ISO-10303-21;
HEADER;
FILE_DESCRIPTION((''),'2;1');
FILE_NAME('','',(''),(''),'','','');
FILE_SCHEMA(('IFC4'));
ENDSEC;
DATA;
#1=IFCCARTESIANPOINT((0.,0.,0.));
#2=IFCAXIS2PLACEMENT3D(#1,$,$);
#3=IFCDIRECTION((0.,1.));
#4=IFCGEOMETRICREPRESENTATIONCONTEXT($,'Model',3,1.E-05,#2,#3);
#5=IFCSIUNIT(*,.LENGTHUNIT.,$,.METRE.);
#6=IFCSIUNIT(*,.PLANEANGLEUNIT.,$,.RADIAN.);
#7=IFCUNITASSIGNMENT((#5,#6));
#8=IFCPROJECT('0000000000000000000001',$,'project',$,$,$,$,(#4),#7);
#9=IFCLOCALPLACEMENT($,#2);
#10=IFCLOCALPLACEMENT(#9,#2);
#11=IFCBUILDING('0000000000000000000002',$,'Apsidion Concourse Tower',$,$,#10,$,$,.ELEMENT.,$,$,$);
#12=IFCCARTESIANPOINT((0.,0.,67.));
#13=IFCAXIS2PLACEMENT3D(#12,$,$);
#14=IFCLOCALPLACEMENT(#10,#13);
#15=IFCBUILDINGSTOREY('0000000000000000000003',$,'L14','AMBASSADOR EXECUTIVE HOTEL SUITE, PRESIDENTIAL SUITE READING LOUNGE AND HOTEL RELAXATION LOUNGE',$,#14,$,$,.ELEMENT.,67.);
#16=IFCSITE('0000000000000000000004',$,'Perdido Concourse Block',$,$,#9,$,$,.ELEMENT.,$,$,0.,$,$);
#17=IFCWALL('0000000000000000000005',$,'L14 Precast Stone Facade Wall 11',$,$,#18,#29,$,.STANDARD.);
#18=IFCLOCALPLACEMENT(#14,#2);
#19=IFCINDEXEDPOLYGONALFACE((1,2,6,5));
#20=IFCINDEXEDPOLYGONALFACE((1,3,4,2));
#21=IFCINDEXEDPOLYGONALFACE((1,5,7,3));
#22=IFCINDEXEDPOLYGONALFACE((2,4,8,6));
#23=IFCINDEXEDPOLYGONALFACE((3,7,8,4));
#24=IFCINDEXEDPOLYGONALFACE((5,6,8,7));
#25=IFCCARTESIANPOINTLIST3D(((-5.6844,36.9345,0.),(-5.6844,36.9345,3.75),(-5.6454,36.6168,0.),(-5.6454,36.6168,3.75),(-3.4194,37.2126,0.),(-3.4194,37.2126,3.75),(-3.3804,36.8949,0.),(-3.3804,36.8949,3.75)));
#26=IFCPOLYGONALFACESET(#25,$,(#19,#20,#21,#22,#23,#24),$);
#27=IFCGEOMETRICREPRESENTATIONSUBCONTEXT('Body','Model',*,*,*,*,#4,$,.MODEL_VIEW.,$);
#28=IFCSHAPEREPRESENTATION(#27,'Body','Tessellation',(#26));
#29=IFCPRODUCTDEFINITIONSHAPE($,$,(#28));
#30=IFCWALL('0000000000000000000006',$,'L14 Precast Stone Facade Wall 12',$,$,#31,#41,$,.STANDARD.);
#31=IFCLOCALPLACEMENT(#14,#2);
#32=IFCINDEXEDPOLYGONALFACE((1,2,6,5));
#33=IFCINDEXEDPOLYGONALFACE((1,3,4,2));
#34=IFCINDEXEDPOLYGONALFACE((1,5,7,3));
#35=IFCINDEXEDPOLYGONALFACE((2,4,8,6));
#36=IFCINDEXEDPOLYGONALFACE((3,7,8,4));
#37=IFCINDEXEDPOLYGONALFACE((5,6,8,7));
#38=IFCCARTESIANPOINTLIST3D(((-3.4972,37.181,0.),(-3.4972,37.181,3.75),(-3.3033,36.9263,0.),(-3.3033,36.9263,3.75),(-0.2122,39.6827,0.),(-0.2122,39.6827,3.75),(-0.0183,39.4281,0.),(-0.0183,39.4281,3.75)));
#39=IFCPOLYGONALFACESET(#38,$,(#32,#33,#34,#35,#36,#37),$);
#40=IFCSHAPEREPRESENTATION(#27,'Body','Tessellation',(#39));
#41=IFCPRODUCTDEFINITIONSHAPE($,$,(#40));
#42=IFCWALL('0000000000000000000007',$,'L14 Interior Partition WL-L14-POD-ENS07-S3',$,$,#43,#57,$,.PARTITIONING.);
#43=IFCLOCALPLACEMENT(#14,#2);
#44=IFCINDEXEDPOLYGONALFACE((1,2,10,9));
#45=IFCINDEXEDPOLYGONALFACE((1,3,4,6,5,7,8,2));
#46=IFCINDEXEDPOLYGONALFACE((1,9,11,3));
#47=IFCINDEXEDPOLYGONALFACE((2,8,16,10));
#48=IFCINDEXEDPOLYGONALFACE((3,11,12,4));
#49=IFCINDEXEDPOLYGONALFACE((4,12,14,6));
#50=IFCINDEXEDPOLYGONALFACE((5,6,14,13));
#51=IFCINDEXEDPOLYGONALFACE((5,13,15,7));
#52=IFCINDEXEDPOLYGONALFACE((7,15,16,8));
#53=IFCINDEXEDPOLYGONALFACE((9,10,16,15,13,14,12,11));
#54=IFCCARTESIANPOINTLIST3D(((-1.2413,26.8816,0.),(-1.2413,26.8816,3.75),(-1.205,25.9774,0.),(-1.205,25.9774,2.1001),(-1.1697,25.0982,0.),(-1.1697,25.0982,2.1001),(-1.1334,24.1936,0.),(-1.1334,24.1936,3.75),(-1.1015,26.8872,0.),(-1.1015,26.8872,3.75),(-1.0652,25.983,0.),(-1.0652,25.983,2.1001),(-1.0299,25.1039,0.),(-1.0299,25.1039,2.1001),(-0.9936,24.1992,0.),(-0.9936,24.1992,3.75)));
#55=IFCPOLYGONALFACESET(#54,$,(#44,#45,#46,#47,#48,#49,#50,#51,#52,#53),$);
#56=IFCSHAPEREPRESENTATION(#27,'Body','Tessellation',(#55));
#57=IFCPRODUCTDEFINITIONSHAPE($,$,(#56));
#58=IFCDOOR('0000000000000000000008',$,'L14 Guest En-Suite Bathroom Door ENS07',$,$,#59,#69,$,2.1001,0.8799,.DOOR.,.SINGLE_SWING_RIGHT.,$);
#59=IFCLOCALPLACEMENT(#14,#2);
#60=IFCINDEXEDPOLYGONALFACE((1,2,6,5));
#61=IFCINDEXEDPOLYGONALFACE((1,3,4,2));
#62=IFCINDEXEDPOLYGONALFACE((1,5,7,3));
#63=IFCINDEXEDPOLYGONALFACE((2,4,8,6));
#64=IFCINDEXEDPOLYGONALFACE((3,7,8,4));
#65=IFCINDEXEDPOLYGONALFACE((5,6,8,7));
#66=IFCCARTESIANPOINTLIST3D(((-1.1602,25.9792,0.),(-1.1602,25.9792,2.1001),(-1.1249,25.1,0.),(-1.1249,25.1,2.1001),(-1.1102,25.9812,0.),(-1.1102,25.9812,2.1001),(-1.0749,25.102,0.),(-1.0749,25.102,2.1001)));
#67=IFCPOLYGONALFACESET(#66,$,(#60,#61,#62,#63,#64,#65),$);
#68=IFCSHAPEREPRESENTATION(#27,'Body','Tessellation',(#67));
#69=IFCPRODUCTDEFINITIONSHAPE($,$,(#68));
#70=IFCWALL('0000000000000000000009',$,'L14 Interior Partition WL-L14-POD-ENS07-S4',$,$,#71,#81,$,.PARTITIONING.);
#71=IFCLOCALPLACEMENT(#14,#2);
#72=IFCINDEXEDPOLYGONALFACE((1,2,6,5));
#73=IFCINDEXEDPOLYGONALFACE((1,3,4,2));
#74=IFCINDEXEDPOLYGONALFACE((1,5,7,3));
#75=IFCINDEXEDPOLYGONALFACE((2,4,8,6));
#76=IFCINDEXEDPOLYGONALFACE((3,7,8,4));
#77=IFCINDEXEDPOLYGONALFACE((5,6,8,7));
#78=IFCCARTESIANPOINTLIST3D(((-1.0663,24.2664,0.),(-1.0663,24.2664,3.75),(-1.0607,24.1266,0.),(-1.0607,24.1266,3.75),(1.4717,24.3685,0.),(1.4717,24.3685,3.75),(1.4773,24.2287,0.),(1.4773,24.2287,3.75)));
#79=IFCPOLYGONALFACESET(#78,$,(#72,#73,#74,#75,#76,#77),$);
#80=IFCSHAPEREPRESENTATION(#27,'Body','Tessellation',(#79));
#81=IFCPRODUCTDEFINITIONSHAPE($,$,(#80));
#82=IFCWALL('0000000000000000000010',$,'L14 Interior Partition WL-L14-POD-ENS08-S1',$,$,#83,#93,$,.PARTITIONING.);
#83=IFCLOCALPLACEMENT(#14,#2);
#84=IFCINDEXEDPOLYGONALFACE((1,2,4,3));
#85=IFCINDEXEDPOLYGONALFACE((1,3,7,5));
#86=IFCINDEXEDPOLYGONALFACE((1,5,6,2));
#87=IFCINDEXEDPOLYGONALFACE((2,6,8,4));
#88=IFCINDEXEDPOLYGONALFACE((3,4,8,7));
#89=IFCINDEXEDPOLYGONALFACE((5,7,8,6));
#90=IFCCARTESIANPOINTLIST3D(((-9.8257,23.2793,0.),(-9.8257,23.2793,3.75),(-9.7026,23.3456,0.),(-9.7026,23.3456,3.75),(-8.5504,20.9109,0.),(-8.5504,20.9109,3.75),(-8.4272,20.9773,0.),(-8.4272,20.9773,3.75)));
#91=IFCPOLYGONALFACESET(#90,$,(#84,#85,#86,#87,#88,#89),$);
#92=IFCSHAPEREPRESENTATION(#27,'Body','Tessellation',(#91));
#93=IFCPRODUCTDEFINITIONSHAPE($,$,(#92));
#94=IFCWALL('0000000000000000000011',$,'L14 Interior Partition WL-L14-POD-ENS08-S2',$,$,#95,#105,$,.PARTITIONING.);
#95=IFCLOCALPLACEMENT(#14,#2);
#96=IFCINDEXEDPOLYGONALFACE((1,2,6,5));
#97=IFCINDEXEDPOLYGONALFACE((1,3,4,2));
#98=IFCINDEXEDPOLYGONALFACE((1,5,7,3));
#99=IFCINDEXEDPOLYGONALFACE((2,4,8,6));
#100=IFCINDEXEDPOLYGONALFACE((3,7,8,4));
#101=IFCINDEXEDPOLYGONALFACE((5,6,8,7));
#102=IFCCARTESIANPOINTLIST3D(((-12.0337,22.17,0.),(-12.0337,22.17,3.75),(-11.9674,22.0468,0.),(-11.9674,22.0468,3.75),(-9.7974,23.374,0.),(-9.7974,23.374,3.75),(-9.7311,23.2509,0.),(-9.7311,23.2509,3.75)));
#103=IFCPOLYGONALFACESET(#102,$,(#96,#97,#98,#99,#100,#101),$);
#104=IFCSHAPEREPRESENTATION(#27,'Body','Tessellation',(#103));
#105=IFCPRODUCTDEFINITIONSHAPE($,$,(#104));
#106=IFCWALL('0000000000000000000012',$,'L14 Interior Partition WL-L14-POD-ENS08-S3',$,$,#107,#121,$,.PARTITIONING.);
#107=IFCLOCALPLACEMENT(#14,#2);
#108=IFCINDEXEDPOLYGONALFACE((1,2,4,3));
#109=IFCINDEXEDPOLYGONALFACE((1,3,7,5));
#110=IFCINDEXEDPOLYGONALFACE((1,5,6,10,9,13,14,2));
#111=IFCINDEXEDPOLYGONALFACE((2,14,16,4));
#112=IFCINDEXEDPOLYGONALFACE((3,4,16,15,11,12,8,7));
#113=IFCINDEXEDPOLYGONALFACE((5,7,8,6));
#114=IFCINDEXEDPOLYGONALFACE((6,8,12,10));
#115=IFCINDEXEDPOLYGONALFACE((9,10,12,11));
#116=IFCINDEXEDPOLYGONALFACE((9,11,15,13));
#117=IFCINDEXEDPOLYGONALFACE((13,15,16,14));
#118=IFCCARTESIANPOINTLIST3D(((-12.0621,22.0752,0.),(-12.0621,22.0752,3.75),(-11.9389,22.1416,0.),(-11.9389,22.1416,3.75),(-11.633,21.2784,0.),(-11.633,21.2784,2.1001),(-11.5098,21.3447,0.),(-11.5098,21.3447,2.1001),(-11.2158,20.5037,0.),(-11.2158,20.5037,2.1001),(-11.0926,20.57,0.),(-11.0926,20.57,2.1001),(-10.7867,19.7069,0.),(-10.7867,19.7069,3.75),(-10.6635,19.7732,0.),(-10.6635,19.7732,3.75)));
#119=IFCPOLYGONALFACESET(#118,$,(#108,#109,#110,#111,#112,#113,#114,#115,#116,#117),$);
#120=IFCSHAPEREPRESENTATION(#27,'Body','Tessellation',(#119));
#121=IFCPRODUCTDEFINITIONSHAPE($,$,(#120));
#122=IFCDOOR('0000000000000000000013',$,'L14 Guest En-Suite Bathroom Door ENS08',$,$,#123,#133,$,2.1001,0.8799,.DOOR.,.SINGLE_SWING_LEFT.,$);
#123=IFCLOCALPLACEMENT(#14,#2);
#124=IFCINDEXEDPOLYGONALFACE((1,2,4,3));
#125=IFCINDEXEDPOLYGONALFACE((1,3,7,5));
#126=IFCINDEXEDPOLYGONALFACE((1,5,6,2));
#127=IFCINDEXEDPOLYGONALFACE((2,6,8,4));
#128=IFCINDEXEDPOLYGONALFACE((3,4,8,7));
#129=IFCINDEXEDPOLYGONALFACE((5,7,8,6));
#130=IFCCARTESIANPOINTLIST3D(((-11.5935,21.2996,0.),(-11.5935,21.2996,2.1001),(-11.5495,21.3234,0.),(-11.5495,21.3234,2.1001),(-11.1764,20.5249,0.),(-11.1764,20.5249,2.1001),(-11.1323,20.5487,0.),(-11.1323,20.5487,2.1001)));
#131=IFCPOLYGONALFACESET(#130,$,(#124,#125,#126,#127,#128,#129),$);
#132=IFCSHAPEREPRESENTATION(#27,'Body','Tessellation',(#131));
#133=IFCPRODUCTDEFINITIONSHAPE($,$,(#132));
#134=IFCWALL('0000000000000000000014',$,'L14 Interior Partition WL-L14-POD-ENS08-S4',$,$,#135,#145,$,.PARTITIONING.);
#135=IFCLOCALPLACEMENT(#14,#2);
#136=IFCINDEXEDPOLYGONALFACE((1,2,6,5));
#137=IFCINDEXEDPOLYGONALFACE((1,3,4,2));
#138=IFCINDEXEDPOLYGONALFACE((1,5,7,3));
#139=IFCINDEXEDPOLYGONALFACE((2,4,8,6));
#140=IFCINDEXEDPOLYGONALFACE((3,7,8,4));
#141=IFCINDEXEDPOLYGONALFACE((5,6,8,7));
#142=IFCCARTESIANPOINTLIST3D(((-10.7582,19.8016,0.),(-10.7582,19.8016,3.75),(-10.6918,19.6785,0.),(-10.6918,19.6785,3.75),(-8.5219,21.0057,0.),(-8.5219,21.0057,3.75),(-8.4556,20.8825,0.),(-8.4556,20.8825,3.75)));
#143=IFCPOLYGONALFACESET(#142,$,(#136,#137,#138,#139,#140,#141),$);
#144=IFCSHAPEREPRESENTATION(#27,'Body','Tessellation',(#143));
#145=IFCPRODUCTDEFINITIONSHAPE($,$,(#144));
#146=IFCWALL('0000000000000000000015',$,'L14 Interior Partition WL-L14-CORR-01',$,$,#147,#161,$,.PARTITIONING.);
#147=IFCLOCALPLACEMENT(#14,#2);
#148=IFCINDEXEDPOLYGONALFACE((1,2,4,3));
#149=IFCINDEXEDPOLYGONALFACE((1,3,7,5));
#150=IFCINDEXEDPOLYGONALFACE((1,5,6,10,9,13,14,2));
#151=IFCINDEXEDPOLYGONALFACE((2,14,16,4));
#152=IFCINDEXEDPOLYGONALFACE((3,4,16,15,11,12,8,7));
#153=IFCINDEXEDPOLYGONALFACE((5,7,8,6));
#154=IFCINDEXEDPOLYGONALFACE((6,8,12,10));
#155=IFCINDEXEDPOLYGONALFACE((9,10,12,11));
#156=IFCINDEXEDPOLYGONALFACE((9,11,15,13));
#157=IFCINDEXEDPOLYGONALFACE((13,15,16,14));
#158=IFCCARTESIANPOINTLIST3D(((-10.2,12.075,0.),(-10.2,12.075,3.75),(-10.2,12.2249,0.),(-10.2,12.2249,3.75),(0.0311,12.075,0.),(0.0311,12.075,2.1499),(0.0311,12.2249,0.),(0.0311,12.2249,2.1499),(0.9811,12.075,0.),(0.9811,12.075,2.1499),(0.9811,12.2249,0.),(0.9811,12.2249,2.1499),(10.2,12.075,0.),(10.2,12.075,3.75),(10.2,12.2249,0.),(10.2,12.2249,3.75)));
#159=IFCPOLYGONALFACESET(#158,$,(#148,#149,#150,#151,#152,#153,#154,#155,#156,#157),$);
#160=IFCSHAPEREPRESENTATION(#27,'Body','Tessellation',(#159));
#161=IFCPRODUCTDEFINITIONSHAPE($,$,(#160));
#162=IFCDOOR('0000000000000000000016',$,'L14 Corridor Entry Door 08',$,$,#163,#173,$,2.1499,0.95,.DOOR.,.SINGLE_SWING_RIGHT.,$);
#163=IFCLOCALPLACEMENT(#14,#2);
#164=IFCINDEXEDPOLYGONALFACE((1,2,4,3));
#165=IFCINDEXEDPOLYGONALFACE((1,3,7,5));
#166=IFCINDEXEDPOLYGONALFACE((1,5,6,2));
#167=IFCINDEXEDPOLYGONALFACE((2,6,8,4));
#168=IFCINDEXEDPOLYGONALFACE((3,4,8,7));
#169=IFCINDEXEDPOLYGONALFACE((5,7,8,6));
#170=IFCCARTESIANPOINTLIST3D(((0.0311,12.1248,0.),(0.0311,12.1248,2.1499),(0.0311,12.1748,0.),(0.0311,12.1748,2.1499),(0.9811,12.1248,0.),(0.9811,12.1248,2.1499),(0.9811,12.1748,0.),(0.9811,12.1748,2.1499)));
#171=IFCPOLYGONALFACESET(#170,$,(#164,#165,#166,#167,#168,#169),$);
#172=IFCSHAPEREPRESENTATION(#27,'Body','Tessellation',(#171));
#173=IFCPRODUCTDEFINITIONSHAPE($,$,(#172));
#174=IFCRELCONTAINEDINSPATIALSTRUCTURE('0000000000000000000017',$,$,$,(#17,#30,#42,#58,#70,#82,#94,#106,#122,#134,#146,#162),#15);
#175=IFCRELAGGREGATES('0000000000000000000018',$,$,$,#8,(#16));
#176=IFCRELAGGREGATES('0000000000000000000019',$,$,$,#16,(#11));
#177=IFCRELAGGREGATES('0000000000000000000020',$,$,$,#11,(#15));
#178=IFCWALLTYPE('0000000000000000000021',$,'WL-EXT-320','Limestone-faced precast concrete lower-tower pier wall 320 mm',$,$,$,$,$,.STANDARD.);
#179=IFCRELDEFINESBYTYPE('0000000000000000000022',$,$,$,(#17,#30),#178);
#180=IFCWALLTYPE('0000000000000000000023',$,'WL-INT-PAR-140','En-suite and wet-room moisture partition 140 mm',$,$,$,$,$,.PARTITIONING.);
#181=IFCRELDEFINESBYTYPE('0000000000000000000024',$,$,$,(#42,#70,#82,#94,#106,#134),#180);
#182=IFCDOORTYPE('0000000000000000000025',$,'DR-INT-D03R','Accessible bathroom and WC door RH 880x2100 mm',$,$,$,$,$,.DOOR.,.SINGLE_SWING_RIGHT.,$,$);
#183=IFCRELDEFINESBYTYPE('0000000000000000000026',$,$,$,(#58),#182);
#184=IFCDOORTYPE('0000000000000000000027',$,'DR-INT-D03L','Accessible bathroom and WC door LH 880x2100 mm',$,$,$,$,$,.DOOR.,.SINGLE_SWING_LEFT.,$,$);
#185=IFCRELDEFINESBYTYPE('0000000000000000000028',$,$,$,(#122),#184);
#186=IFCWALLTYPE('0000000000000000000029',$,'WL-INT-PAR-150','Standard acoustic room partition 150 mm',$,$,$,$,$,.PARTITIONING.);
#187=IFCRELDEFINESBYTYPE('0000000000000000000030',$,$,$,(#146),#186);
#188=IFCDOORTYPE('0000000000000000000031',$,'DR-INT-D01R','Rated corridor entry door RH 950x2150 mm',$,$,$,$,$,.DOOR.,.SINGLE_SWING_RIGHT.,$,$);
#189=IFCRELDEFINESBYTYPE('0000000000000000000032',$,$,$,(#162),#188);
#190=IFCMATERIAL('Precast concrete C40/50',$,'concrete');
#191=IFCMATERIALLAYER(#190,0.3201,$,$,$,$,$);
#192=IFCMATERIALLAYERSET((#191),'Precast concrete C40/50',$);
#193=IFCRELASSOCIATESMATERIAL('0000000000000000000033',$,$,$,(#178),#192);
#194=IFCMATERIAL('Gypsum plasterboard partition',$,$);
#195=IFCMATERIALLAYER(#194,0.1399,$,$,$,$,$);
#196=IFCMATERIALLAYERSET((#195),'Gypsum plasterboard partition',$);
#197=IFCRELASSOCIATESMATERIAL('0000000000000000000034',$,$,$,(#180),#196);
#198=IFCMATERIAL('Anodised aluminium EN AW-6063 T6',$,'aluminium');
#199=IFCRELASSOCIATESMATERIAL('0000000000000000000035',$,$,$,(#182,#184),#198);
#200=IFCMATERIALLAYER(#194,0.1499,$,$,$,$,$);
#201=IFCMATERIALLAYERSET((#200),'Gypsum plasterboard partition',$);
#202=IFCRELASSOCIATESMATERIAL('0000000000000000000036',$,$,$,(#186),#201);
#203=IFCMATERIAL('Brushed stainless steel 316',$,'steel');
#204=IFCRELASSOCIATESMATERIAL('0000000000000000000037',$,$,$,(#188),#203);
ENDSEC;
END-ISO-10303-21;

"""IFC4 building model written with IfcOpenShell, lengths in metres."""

from ifc_helpers import new_model, si_unit, direction, frame, frame_2d, origin, place, context, subcontext, project, spatial, rectangle, extrude, material, layer, layer_set, type_object, element, fill, save


model = new_model("IFC4")

# Units and contexts
model_context = context("Model", 3, precision=1e-05, world=origin(), true_north=direction((0.0, 1.0)))
body_context = subcontext(model_context, "Body", "Model", "MODEL_VIEW")
ifc_project = project(units=[si_unit("LENGTHUNIT", "METRE"), si_unit("PLANEANGLEUNIT", "RADIAN")], contexts=[model_context])

# Site, building, storey
site_placement = place(None, origin())
site = spatial("IfcSite", under=ifc_project, at=site_placement, Name="Perdido Concourse Block", CompositionType="ELEMENT", RefElevation=0.0)
building_placement = place(site_placement, origin())
building = spatial("IfcBuilding", under=site, at=building_placement, Name="Apsidion Concourse Tower", CompositionType="ELEMENT")
storey_placement = place(building_placement, frame((0.0, 0.0, 67.0)))
storey = spatial("IfcBuildingStorey", under=building, at=storey_placement, Name="L14", Description="AMBASSADOR EXECUTIVE HOTEL SUITE, PRESIDENTIAL SUITE READING LOUNGE AND HOTEL RELAXATION LOUNGE", CompositionType="ELEMENT", Elevation=67.0)

# Shared definitions
ifc_material_1 = material(Name="Precast concrete C40/50", Category="concrete")
ifc_layer_1 = layer(ifc_material_1, 0.3201)
ifc_layer_set_1 = layer_set([ifc_layer_1], Name="Precast concrete C40/50")
wall_type_1 = type_object("IfcWallType", Name="WL-EXT-320", Description="Limestone-faced precast concrete lower-tower pier wall 320 mm", PredefinedType="STANDARD", material=ifc_layer_set_1)
ifc_material_2 = material(Name="Anodised aluminium EN AW-6063 T6", Category="aluminium")

# Walls
wall_1_placement = place(storey_placement, frame((-5.665, 36.7756, 0.0), z_axis=(0.0, 0.0, 1.0), x_axis=(0.992547, 0.121862, 0.0)))
element("IfcWall", 1, at=wall_1_placement, inside=storey, type_object=wall_type_1, Name="L14 Precast Stone Facade Wall 11", PredefinedType="STANDARD", context=body_context, shape_type="SweptSolid", body=[
    extrude(rectangle(XDim=2.282, YDim=0.3201, at=frame_2d((1.1411, 0.0))), origin(), (0.0, 0.0, 1.0), 3.75),
])
wall_2_placement = place(storey_placement, frame((-3.4001, 37.0537, 0.0), z_axis=(0.0, 0.0, 1.0), x_axis=(0.795558, 0.605878, 0.0)))
element("IfcWall", 2, at=wall_2_placement, inside=storey, type_object=wall_type_1, Name="L14 Precast Stone Facade Wall 12", PredefinedType="STANDARD", context=body_context, shape_type="SweptSolid", body=[
    extrude(rectangle(XDim=4.1292, YDim=0.3201, at=frame_2d((2.0645, 0.0))), origin(), (0.0, 0.0, 1.0), 3.75),
])

# Wall, opening, door
ifc_material_3 = material(Name="Gypsum plasterboard partition")
ifc_layer_2 = layer(ifc_material_3, 0.1399)
ifc_layer_set_2 = layer_set([ifc_layer_2], Name="Gypsum plasterboard partition")
wall_type_2 = type_object("IfcWallType", Name="WL-INT-PAR-140", Description="En-suite and wet-room moisture partition 140 mm", PredefinedType="PARTITIONING", material=ifc_layer_set_2)
wall_3_placement = place(storey_placement, frame((-1.1714, 26.8845, 0.0), z_axis=(0.0, 0.0, 1.0), x_axis=(0.040113, -0.999195, 0.0)))
wall_3 = element("IfcWall", 3, at=wall_3_placement, inside=storey, type_object=wall_type_2, Name="L14 Interior Partition WL-L14-POD-ENS07-S3", PredefinedType="PARTITIONING", context=body_context, shape_type="SweptSolid", body=[
    extrude(rectangle(XDim=2.6902, YDim=0.1399, at=frame_2d((1.3452, 0.0))), origin(), (0.0, 0.0, 1.0), 3.75),
])
opening_1_placement = place(wall_3_placement, frame((0.905, 0.0, 0.0)))
opening_1 = element("IfcOpeningElement", 4, at=opening_1_placement, cuts=wall_3, PredefinedType="OPENING", context=body_context, shape_type="SweptSolid", body=[
    extrude(rectangle(XDim=0.8799, YDim=2.1001, at=frame_2d((0.4399, 1.05))), frame((0.0, 0.0801, 0.0), z_axis=(0.0, -1.0, 0.0), x_axis=(1.0, 0.0, 0.0)), (0.0, 0.0, 1.0), 0.1599),
])
door_type_1 = type_object("IfcDoorType", Name="DR-INT-D03R", Description="Accessible bathroom and WC door RH 880x2100 mm", OperationType="SINGLE_SWING_RIGHT", PredefinedType="DOOR", material=ifc_material_2)
door_1_placement = place(opening_1_placement, origin())
door_1 = element("IfcDoor", 5, at=door_1_placement, inside=storey, type_object=door_type_1, Name="L14 Guest En-Suite Bathroom Door ENS07", OperationType="SINGLE_SWING_RIGHT", OverallHeight=2.1001, OverallWidth=0.8799, PredefinedType="DOOR", context=body_context, shape_type="SweptSolid", body=[
    extrude(rectangle(XDim=0.8799, YDim=2.1001, at=frame_2d((0.4399, 1.05))), frame((0.0, 0.0249, 0.0), z_axis=(0.0, -1.0, 0.0), x_axis=(1.0, 0.0, 0.0)), (0.0, 0.0, 1.0), 0.05),
])
fill(opening_1, door_1)

# Walls
wall_4_placement = place(storey_placement, frame((-1.0635, 24.1965, 0.0), z_axis=(0.0, 0.0, 1.0), x_axis=(0.999193, 0.040175, 0.0)))
element("IfcWall", 6, at=wall_4_placement, inside=storey, type_object=wall_type_2, Name="L14 Interior Partition WL-L14-POD-ENS07-S4", PredefinedType="PARTITIONING", context=body_context, shape_type="SweptSolid", body=[
    extrude(rectangle(XDim=2.54, YDim=0.1399, at=frame_2d((1.27, 0.0))), origin(), (0.0, 0.0, 1.0), 3.75),
])
wall_5_placement = place(storey_placement, frame((-8.4888, 20.9441, 0.0), z_axis=(0.0, 0.0, 1.0), x_axis=(-0.474127, 0.880457, 0.0)))
element("IfcWall", 7, at=wall_5_placement, inside=storey, type_object=wall_type_2, Name="L14 Interior Partition WL-L14-POD-ENS08-S1", PredefinedType="PARTITIONING", context=body_context, shape_type="SweptSolid", body=[
    extrude(rectangle(XDim=2.6899, YDim=0.1399, at=frame_2d((1.345, 0.0))), origin(), (0.0, 0.0, 1.0), 3.75),
])
wall_6_placement = place(storey_placement, frame((-9.7642, 23.3125, 0.0), z_axis=(0.0, 0.0, 1.0), x_axis=(-0.880483, -0.474077, 0.0)))
element("IfcWall", 8, at=wall_6_placement, inside=storey, type_object=wall_type_2, Name="L14 Interior Partition WL-L14-POD-ENS08-S2", PredefinedType="PARTITIONING", context=body_context, shape_type="SweptSolid", body=[
    extrude(rectangle(XDim=2.5398, YDim=0.1399, at=frame_2d((1.27, 0.0))), origin(), (0.0, 0.0, 1.0), 3.75),
])

# Wall, opening, door
wall_7_placement = place(storey_placement, frame((-12.0005, 22.1084, 0.0), z_axis=(0.0, 0.0, 1.0), x_axis=(0.474127, -0.880457, 0.0)))
wall_7 = element("IfcWall", 9, at=wall_7_placement, inside=storey, type_object=wall_type_2, Name="L14 Interior Partition WL-L14-POD-ENS08-S3", PredefinedType="PARTITIONING", context=body_context, shape_type="SweptSolid", body=[
    extrude(rectangle(XDim=2.6899, YDim=0.1399, at=frame_2d((1.345, 0.0))), origin(), (0.0, 0.0, 1.0), 3.75),
])
opening_2_placement = place(wall_7_placement, frame((0.905, 0.0, 0.0)))
opening_2 = element("IfcOpeningElement", 10, at=opening_2_placement, cuts=wall_7, PredefinedType="OPENING", context=body_context, shape_type="SweptSolid", body=[
    extrude(rectangle(XDim=0.8799, YDim=2.1001, at=frame_2d((0.4399, 1.05))), frame((0.0, 0.0801, 0.0), z_axis=(0.0, -1.0, 0.0), x_axis=(1.0, 0.0, 0.0)), (0.0, 0.0, 1.0), 0.1599),
])
door_type_2 = type_object("IfcDoorType", Name="DR-INT-D03L", Description="Accessible bathroom and WC door LH 880x2100 mm", OperationType="SINGLE_SWING_LEFT", PredefinedType="DOOR", material=ifc_material_2)
door_2_placement = place(opening_2_placement, origin())
door_2 = element("IfcDoor", 11, at=door_2_placement, inside=storey, type_object=door_type_2, Name="L14 Guest En-Suite Bathroom Door ENS08", OperationType="SINGLE_SWING_LEFT", OverallHeight=2.1001, OverallWidth=0.8799, PredefinedType="DOOR", context=body_context, shape_type="SweptSolid", body=[
    extrude(rectangle(XDim=0.8799, YDim=2.1001, at=frame_2d((0.4399, 1.05))), frame((0.0, 0.0249, 0.0), z_axis=(0.0, -1.0, 0.0), x_axis=(1.0, 0.0, 0.0)), (0.0, 0.0, 1.0), 0.05),
])
fill(opening_2, door_2)

# Wall
wall_8_placement = place(storey_placement, frame((-10.7251, 19.74, 0.0), z_axis=(0.0, 0.0, 1.0), x_axis=(0.880483, 0.474077, 0.0)))
element("IfcWall", 12, at=wall_8_placement, inside=storey, type_object=wall_type_2, Name="L14 Interior Partition WL-L14-POD-ENS08-S4", PredefinedType="PARTITIONING", context=body_context, shape_type="SweptSolid", body=[
    extrude(rectangle(XDim=2.5398, YDim=0.1399, at=frame_2d((1.27, 0.0))), origin(), (0.0, 0.0, 1.0), 3.75),
])

# Wall, opening, door
ifc_layer_3 = layer(ifc_material_3, 0.1499)
ifc_layer_set_3 = layer_set([ifc_layer_3], Name="Gypsum plasterboard partition")
wall_type_3 = type_object("IfcWallType", Name="WL-INT-PAR-150", Description="Standard acoustic room partition 150 mm", PredefinedType="PARTITIONING", material=ifc_layer_set_3)
wall_9_placement = place(storey_placement, frame((-10.2, 12.1499, 0.0), z_axis=(0.0, 0.0, 1.0), x_axis=(1.0, 0.0, 0.0)))
wall_9 = element("IfcWall", 13, at=wall_9_placement, inside=storey, type_object=wall_type_3, Name="L14 Interior Partition WL-L14-CORR-01", PredefinedType="PARTITIONING", context=body_context, shape_type="SweptSolid", body=[
    extrude(rectangle(XDim=20.3999, YDim=0.1499, at=frame_2d((10.2, 0.0))), origin(), (0.0, 0.0, 1.0), 3.75),
])
opening_3_placement = place(wall_9_placement, frame((10.231, 0.0, 0.0)))
opening_3 = element("IfcOpeningElement", 14, at=opening_3_placement, cuts=wall_9, PredefinedType="OPENING", context=body_context, shape_type="SweptSolid", body=[
    extrude(rectangle(XDim=0.95, YDim=2.1499, at=frame_2d((0.4751, 1.075))), frame((0.0, 0.085, 0.0), z_axis=(0.0, -1.0, 0.0), x_axis=(1.0, 0.0, 0.0)), (0.0, 0.0, 1.0), 0.1699),
])
ifc_material_4 = material(Name="Brushed stainless steel 316", Category="steel")
door_type_3 = type_object("IfcDoorType", Name="DR-INT-D01R", Description="Rated corridor entry door RH 950x2150 mm", OperationType="SINGLE_SWING_RIGHT", PredefinedType="DOOR", material=ifc_material_4)
door_3_placement = place(opening_3_placement, origin())
door_3 = element("IfcDoor", 15, at=door_3_placement, inside=storey, type_object=door_type_3, Name="L14 Corridor Entry Door 08", OperationType="SINGLE_SWING_RIGHT", OverallHeight=2.1499, OverallWidth=0.95, PredefinedType="DOOR", context=body_context, shape_type="SweptSolid", body=[
    extrude(rectangle(XDim=0.95, YDim=2.1499, at=frame_2d((0.4751, 1.075))), frame((0.0, 0.0249, 0.0), z_axis=(0.0, -1.0, 0.0), x_axis=(1.0, 0.0, 0.0)), (0.0, 0.0, 1.0), 0.05),
])
fill(opening_3, door_3)

save(model, "model.ifc")
